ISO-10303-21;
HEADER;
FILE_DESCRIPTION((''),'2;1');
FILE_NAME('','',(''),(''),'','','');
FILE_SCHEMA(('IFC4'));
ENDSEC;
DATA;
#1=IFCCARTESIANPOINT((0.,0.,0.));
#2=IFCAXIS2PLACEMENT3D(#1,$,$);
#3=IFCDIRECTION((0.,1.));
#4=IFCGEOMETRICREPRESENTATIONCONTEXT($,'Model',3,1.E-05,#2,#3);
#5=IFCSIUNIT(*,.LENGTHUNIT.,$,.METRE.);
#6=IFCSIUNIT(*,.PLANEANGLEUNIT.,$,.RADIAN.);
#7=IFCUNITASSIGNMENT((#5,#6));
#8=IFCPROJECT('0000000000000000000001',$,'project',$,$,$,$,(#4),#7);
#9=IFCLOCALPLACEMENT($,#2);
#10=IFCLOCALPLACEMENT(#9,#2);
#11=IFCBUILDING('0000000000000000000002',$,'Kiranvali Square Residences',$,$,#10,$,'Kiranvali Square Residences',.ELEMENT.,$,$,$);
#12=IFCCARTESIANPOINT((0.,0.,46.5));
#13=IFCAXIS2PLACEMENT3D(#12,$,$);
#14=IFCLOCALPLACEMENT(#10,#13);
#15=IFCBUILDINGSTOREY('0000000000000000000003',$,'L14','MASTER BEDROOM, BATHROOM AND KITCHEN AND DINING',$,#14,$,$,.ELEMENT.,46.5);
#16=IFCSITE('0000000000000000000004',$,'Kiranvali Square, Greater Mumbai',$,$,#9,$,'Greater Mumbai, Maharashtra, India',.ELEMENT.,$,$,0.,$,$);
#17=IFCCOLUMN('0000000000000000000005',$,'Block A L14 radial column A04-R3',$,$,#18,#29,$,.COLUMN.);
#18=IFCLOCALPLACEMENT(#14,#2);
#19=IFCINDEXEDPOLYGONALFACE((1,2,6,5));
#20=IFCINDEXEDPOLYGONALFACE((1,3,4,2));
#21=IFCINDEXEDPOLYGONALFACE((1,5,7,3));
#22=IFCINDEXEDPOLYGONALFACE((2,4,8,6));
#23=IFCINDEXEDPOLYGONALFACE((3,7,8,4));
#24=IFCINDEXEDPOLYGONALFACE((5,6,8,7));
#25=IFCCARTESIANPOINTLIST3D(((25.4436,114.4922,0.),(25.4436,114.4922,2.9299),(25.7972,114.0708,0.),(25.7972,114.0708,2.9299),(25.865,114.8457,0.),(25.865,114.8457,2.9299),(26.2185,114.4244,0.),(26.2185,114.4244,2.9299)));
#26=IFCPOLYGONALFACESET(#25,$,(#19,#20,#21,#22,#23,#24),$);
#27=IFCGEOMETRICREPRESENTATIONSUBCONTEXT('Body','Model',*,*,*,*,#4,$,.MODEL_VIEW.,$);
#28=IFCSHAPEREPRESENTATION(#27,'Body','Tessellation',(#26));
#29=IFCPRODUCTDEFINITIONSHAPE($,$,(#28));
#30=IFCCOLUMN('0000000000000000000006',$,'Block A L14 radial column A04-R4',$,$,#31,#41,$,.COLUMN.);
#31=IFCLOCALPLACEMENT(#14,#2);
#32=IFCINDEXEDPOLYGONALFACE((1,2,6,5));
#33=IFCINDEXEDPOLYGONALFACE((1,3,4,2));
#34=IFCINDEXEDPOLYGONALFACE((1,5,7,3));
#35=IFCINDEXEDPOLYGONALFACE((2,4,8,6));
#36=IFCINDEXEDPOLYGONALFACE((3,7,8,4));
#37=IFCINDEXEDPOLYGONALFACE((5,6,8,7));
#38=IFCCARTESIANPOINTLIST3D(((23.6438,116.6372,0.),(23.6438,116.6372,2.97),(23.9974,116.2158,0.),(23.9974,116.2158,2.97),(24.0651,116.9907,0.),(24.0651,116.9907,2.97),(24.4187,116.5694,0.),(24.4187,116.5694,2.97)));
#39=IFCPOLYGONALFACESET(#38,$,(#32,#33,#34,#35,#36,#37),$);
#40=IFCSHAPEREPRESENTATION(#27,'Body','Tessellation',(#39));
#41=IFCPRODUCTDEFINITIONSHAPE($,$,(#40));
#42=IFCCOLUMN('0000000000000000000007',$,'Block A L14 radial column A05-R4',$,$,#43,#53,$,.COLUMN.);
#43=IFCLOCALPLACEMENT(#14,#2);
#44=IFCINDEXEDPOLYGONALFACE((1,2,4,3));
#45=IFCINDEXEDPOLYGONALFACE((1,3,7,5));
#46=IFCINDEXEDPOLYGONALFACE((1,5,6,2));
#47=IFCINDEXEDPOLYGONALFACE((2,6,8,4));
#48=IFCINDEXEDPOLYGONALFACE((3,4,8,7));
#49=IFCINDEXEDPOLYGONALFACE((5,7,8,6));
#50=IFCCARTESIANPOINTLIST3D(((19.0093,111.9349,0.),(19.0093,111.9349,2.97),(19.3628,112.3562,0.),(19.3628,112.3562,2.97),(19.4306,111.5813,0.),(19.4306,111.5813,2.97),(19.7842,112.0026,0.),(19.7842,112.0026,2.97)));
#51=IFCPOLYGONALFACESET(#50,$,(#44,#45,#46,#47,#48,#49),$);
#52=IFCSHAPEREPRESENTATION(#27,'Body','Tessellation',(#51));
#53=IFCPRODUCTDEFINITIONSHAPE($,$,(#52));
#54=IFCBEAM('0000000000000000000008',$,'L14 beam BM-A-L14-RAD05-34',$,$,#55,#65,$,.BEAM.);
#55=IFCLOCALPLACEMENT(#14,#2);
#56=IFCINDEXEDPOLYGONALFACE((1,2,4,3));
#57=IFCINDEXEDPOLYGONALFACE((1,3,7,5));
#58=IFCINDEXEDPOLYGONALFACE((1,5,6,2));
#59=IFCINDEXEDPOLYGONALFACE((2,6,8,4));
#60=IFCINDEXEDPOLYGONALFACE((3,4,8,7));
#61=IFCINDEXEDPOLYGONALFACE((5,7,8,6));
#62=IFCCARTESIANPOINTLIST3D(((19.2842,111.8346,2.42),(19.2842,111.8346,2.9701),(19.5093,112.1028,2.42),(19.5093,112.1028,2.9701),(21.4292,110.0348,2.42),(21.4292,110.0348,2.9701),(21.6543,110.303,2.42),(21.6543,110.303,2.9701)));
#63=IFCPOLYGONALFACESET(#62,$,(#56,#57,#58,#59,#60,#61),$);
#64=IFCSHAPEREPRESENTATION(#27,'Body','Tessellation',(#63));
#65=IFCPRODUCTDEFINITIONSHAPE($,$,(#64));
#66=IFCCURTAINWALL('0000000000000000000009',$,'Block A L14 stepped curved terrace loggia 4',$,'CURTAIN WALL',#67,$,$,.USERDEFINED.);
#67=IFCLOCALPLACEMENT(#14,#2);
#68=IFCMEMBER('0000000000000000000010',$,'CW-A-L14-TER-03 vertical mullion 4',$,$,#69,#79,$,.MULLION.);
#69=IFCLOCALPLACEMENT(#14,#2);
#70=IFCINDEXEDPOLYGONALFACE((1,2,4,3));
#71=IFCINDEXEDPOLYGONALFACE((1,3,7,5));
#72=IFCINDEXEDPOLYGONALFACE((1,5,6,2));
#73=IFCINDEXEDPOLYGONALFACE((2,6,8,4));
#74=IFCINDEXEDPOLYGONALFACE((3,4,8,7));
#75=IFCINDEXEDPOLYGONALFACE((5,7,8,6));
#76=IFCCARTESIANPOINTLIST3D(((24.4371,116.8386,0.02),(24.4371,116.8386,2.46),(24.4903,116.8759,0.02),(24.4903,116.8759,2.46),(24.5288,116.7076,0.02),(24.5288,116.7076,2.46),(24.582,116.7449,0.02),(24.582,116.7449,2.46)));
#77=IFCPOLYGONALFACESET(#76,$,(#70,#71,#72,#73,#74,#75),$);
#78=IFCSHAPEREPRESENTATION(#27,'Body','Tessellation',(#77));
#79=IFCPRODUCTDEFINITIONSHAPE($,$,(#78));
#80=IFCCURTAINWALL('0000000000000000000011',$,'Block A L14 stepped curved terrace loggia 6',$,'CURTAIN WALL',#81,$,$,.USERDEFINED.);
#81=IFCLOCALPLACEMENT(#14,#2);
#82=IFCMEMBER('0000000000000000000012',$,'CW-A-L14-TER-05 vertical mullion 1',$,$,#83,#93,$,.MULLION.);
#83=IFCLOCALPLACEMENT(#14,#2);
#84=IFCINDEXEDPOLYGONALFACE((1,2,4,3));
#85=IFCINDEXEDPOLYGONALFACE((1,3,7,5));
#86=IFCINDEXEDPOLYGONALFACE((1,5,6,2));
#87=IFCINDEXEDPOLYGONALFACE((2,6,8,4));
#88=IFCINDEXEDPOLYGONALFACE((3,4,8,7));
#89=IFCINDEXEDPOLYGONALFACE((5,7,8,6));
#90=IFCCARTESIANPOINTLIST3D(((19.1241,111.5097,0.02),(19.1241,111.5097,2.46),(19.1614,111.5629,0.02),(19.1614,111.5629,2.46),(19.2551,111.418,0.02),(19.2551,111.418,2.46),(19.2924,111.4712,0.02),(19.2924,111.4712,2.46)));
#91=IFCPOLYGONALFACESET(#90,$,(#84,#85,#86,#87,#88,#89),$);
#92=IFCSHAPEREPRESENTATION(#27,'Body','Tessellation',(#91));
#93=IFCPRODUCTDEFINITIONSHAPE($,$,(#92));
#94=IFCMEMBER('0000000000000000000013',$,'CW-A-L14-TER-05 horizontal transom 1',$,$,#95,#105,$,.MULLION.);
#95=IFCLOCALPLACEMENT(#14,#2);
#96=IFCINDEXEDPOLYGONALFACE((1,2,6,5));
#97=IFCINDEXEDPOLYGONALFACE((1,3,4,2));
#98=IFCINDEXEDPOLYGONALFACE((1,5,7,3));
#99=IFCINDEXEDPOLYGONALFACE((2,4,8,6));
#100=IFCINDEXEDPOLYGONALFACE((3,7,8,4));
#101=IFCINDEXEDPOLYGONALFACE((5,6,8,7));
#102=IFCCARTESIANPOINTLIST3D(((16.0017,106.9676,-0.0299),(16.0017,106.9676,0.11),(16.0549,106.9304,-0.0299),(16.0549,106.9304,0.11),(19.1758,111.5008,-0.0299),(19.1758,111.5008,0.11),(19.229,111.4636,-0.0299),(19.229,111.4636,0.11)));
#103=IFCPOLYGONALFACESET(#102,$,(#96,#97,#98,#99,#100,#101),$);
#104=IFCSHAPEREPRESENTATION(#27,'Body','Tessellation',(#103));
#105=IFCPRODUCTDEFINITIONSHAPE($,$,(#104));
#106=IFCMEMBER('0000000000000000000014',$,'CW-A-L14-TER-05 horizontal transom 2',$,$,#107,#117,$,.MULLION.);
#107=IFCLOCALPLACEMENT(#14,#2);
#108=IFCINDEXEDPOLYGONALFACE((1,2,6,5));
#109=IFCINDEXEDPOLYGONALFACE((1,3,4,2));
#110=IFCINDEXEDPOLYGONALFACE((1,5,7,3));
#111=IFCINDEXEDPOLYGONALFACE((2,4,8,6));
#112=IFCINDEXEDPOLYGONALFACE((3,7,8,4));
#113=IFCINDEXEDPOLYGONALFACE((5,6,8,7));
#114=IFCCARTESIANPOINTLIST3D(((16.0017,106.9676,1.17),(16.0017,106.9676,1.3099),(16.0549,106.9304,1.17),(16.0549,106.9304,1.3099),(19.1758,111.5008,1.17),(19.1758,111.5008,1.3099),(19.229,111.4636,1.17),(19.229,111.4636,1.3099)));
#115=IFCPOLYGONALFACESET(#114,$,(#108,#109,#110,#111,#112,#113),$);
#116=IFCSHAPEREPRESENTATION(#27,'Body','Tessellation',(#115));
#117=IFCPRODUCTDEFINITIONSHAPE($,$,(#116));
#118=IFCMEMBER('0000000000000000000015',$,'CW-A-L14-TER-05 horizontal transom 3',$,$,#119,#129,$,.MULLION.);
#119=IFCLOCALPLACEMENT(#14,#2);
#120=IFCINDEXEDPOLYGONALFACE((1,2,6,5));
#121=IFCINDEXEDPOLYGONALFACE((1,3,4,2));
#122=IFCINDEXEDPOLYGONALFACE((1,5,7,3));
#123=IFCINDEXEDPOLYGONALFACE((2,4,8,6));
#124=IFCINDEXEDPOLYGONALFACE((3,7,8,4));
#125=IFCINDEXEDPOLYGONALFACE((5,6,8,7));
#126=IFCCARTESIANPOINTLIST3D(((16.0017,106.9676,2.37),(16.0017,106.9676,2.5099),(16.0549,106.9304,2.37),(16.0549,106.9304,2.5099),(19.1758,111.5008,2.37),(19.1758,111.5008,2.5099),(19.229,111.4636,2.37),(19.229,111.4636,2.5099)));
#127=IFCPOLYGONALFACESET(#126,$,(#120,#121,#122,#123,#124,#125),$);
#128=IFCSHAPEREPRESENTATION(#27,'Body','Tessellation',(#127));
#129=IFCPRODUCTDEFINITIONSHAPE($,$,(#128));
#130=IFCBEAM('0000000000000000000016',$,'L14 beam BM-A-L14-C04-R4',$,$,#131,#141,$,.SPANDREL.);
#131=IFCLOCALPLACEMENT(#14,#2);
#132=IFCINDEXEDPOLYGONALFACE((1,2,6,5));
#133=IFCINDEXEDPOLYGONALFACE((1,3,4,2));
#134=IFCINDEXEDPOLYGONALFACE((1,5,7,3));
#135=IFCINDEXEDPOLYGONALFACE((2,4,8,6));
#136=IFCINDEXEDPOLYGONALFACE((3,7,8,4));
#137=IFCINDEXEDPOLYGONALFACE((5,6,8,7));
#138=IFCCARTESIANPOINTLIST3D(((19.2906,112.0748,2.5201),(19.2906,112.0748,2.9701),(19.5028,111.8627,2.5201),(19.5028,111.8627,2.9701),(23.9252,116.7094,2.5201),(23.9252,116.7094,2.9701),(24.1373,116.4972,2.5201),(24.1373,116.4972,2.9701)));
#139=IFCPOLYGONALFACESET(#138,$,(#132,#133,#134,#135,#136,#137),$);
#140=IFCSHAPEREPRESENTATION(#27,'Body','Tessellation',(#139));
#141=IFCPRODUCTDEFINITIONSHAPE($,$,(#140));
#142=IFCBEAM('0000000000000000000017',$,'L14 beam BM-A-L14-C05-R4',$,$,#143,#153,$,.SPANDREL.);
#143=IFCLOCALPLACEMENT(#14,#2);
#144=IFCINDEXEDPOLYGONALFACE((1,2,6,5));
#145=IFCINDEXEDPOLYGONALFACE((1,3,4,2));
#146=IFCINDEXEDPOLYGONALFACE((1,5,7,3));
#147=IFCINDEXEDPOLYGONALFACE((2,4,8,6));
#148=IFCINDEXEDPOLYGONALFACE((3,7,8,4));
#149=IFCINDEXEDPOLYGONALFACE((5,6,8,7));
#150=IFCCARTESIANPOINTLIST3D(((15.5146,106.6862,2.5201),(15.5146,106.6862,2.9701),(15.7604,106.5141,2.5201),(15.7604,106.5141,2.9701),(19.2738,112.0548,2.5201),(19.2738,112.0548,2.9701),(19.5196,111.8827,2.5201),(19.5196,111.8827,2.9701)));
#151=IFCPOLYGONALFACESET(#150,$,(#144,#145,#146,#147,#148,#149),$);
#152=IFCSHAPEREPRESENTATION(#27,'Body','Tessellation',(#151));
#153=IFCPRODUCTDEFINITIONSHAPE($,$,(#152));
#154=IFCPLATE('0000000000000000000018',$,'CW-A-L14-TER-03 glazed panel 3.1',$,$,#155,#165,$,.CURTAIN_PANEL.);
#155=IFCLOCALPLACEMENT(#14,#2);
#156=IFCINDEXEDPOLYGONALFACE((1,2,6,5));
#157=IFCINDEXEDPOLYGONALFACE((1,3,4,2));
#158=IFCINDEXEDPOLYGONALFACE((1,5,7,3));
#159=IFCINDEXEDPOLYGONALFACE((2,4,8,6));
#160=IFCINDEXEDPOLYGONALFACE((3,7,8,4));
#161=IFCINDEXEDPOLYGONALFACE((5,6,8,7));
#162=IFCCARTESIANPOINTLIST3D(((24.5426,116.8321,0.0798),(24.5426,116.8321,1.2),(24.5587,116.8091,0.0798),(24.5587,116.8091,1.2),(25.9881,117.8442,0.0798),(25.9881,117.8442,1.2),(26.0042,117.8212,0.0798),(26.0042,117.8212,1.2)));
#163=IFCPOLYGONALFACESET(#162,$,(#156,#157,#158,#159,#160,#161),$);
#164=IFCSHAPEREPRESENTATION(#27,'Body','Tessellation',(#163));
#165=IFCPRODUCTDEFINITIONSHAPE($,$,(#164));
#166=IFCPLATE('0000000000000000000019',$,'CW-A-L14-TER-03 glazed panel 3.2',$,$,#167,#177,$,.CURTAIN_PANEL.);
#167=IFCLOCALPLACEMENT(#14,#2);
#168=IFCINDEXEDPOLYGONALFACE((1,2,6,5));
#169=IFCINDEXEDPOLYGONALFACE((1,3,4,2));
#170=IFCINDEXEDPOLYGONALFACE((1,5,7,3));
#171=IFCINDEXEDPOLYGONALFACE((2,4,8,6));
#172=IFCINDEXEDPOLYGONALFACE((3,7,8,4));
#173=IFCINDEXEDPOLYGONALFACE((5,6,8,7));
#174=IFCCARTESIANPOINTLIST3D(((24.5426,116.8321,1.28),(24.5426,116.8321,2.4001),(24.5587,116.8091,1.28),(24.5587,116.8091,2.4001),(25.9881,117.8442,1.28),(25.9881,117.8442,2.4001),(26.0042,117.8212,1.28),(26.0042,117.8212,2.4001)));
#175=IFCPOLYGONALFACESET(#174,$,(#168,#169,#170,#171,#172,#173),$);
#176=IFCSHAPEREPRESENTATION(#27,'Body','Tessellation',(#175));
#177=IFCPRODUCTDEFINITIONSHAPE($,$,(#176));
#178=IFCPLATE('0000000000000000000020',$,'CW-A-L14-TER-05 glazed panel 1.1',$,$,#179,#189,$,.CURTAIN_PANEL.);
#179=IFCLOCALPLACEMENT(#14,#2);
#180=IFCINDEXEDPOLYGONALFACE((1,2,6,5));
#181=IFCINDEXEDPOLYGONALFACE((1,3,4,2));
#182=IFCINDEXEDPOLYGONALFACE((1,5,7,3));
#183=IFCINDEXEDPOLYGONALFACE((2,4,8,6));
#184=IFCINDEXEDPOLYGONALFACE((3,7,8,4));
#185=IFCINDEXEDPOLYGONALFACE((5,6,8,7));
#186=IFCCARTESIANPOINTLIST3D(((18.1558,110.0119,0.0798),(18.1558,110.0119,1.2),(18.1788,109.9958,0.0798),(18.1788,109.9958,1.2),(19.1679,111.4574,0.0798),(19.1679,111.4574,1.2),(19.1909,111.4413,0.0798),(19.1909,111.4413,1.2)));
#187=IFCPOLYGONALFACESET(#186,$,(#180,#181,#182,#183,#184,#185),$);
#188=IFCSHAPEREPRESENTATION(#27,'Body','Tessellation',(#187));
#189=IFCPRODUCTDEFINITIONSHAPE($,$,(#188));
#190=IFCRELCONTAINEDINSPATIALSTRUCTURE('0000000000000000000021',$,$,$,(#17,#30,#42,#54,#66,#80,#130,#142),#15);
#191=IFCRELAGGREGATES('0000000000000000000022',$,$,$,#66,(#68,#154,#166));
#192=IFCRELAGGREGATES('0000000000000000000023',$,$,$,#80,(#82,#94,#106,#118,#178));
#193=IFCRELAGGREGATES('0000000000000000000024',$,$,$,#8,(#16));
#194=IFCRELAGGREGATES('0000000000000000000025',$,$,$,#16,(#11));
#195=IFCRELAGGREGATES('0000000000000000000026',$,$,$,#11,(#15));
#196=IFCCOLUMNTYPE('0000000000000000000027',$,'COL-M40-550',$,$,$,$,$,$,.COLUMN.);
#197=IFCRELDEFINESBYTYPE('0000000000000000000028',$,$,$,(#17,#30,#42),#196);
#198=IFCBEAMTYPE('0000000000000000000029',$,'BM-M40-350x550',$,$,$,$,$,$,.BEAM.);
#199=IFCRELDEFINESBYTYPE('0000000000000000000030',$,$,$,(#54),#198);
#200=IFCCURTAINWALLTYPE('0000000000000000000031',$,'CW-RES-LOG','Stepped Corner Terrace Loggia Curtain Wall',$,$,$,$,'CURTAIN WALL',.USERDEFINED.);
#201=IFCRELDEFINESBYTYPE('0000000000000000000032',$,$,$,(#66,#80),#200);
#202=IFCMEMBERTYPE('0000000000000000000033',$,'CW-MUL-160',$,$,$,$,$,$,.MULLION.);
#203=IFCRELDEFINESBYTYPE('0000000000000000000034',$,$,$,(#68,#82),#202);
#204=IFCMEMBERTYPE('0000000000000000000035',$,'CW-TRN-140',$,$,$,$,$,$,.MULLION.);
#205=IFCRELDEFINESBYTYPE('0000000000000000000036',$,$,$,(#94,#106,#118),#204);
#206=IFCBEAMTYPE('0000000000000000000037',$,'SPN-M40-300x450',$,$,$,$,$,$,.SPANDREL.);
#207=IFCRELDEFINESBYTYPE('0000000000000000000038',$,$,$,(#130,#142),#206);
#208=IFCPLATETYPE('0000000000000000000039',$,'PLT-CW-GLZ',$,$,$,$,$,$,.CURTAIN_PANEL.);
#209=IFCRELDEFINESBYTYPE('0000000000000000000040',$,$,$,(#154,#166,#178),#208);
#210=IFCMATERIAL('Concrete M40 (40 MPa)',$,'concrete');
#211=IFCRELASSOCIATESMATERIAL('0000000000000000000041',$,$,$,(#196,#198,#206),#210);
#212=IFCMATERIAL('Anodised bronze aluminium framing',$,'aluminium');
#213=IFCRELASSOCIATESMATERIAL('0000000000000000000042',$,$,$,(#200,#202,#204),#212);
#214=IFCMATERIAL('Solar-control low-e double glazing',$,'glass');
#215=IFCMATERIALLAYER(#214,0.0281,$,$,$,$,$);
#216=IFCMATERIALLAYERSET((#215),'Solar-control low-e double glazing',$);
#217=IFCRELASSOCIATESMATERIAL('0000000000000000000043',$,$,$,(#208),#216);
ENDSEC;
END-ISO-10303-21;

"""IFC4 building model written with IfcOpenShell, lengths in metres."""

from ifc_helpers import new_model, si_unit, direction, frame, origin, origin_2d, place, context, subcontext, project, spatial, rectangle, extrude, material, layer, layer_set, material_profile, profile_set, type_object, element, aggregate, save


model = new_model("IFC4")

# Units and contexts
model_context = context("Model", 3, precision=1e-05, world=origin(), true_north=direction((0.0, 1.0)))
body_context = subcontext(model_context, "Body", "Model", "MODEL_VIEW")
ifc_project = project(units=[si_unit("LENGTHUNIT", "METRE"), si_unit("PLANEANGLEUNIT", "RADIAN")], contexts=[model_context])

# Site, building, storey
site_placement = place(None, origin())
site = spatial("IfcSite", under=ifc_project, at=site_placement, Name="Kiranvali Square, Greater Mumbai", LongName="Greater Mumbai, Maharashtra, India", CompositionType="ELEMENT", RefElevation=0.0)
building_placement = place(site_placement, origin())
building = spatial("IfcBuilding", under=site, at=building_placement, Name="Kiranvali Square Residences", LongName="Kiranvali Square Residences", CompositionType="ELEMENT")
storey_placement = place(building_placement, frame((0.0, 0.0, 46.5)))
storey = spatial("IfcBuildingStorey", under=building, at=storey_placement, Name="L14", Description="MASTER BEDROOM, BATHROOM AND KITCHEN AND DINING", CompositionType="ELEMENT", Elevation=46.5)

# Columns
ifc_material_1 = material(Name="Concrete M40 (40 MPa)", Category="concrete")
ifc_material_profile_1 = material_profile(ifc_material_1, rectangle(XDim=0.55, YDim=0.55, at=origin_2d()), Name="RC 550x550")
ifc_profile_set_1 = profile_set([ifc_material_profile_1], Name="Concrete M40 (40 MPa)")
column_type = type_object("IfcColumnType", Name="COL-M40-550", PredefinedType="COLUMN", material=ifc_profile_set_1)
column_placement = place(storey_placement, frame((25.8311, 114.4583, 0.0), z_axis=(0.0, 0.0, 1.0), x_axis=(0.766044, 0.642788, 0.0)))
element("IfcColumn", 1, at=column_placement, inside=storey, type_object=column_type, Name="Block A L14 radial column A04-R3", PredefinedType="COLUMN", context=body_context, shape_type="SweptSolid", body=[
    extrude(rectangle(XDim=0.55, YDim=0.55, at=origin_2d()), origin(), (0.0, 0.0, 1.0), 2.9299),
])
for number, where, z_axis, x_axis, name in (
    (2, (24.0312, 116.6033, 0.0), (0.0, 0.0, 1.0), (0.766044, 0.642788, 0.0), "Block A L14 radial column A04-R4"),
    (3, (19.3967, 111.9688, 0.0), (0.0, 0.0, 1.0), (0.642788, 0.766044, 0.0), "Block A L14 radial column A05-R4"),
):
    element("IfcColumn", number, at=place(storey_placement, frame(where, z_axis=z_axis, x_axis=x_axis)), inside=storey, type_object=column_type, Name=name, PredefinedType="COLUMN", context=body_context, shape_type="SweptSolid", body=[
        extrude(rectangle(XDim=0.55, YDim=0.55, at=origin_2d()), origin(), (0.0, 0.0, 1.0), 2.97),
    ])

# Beam
ifc_material_profile_2 = material_profile(ifc_material_1, rectangle(XDim=0.3501, YDim=0.55, at=origin_2d()), Name="RC 350x550")
ifc_profile_set_2 = profile_set([ifc_material_profile_2], Name="Concrete M40 (40 MPa)")
beam_type_1 = type_object("IfcBeamType", Name="BM-M40-350x550", PredefinedType="BEAM", material=ifc_profile_set_2)
beam_1_placement = place(storey_placement, frame((21.5417, 110.1689, 2.6951), z_axis=(-0.766059, 0.642771, 0.0), x_axis=(-0.642771, -0.766059, 0.0)))
element("IfcBeam", 4, at=beam_1_placement, inside=storey, type_object=beam_type_1, Name="L14 beam BM-A-L14-RAD05-34", PredefinedType="BEAM", context=body_context, shape_type="SweptSolid", body=[
    extrude(rectangle(XDim=0.3501, YDim=0.55, at=origin_2d()), origin(), (0.0, 0.0, 1.0), 2.8),
])

# Curtain wall, member
ifc_material_2 = material(Name="Anodised bronze aluminium framing", Category="aluminium")
curtain_wall_type = type_object("IfcCurtainWallType", Name="CW-RES-LOG", Description="Stepped Corner Terrace Loggia Curtain Wall", ElementType="CURTAIN WALL", PredefinedType="USERDEFINED", material=ifc_material_2)
curtain_wall_1_placement = place(storey_placement, origin())
curtain_wall_1 = element("IfcCurtainWall", 5, at=curtain_wall_1_placement, inside=storey, type_object=curtain_wall_type, Name="Block A L14 stepped curved terrace loggia 4", ObjectType="CURTAIN WALL", PredefinedType="USERDEFINED")
ifc_material_profile_3 = material_profile(ifc_material_2, rectangle(XDim=0.0649, YDim=0.1599, at=origin_2d()), Name="ALU 65x160")
ifc_profile_set_3 = profile_set([ifc_material_profile_3], Name="Anodised bronze aluminium framing")
member_type_1 = type_object("IfcMemberType", Name="CW-MUL-160", PredefinedType="MULLION", material=ifc_profile_set_3)
member_1_placement = place(storey_placement, frame((24.5095, 116.7917, 0.02), z_axis=(0.0, 0.0, 1.0), x_axis=(-0.819152, -0.573576, 0.0)))
member_1 = element("IfcMember", 6, at=member_1_placement, type_object=member_type_1, Name="CW-A-L14-TER-03 vertical mullion 4", PredefinedType="MULLION", context=body_context, shape_type="SweptSolid", body=[
    extrude(rectangle(XDim=0.0649, YDim=0.1599, at=origin_2d()), origin(), (0.0, 0.0, 1.0), 2.4399),
])

# Curtain wall, members
curtain_wall_2_placement = place(storey_placement, origin())
curtain_wall_2 = element("IfcCurtainWall", 7, at=curtain_wall_2_placement, inside=storey, type_object=curtain_wall_type, Name="Block A L14 stepped curved terrace loggia 6", ObjectType="CURTAIN WALL", PredefinedType="USERDEFINED")
member_2_placement = place(storey_placement, frame((19.2083, 111.4905, 0.02), z_axis=(0.0, 0.0, 1.0), x_axis=(-0.573576, -0.819152, 0.0)))
member_2 = element("IfcMember", 8, at=member_2_placement, type_object=member_type_1, Name="CW-A-L14-TER-05 vertical mullion 1", PredefinedType="MULLION", context=body_context, shape_type="SweptSolid", body=[
    extrude(rectangle(XDim=0.0649, YDim=0.1599, at=origin_2d()), origin(), (0.0, 0.0, 1.0), 2.4399),
])
ifc_material_profile_4 = material_profile(ifc_material_2, rectangle(XDim=0.0649, YDim=0.1399, at=origin_2d()), Name="ALU 65x140")
ifc_profile_set_4 = profile_set([ifc_material_profile_4], Name="Anodised bronze aluminium framing")
member_type_2 = type_object("IfcMemberType", Name="CW-TRN-140", PredefinedType="MULLION", material=ifc_profile_set_4)
member_3_placement = place(storey_placement, frame((19.2024, 111.4822, 0.04), z_axis=(-0.573563, -0.819161, 0.0), x_axis=(0.819161, -0.573563, 0.0)))
member_3 = element("IfcMember", 9, at=member_3_placement, type_object=member_type_2, Name="CW-A-L14-TER-05 horizontal transom 1", PredefinedType="MULLION", context=body_context, shape_type="SweptSolid", body=[
    extrude(rectangle(XDim=0.0649, YDim=0.1399, at=origin_2d()), origin(), (0.0, 0.0, 1.0), 5.5339),
])
member_4_placement = place(storey_placement, frame((19.2024, 111.4822, 1.24), z_axis=(-0.573563, -0.819161, 0.0), x_axis=(0.819161, -0.573563, 0.0)))
member_4 = element("IfcMember", 10, at=member_4_placement, type_object=member_type_2, Name="CW-A-L14-TER-05 horizontal transom 2", PredefinedType="MULLION", context=body_context, shape_type="SweptSolid", body=[
    extrude(rectangle(XDim=0.0649, YDim=0.1399, at=origin_2d()), origin(), (0.0, 0.0, 1.0), 5.5339),
])
member_5_placement = place(storey_placement, frame((19.2024, 111.4822, 2.4399), z_axis=(-0.573563, -0.819161, 0.0), x_axis=(0.819161, -0.573563, 0.0)))
member_5 = element("IfcMember", 11, at=member_5_placement, type_object=member_type_2, Name="CW-A-L14-TER-05 horizontal transom 3", PredefinedType="MULLION", context=body_context, shape_type="SweptSolid", body=[
    extrude(rectangle(XDim=0.0649, YDim=0.1399, at=origin_2d()), origin(), (0.0, 0.0, 1.0), 5.5339),
])

# Beams
ifc_material_profile_5 = material_profile(ifc_material_1, rectangle(XDim=0.3, YDim=0.45, at=origin_2d()), Name="RC 300x450")
ifc_profile_set_5 = profile_set([ifc_material_profile_5], Name="Concrete M40 (40 MPa)")
beam_type_2 = type_object("IfcBeamType", Name="SPN-M40-300x450", PredefinedType="SPANDREL", material=ifc_profile_set_5)
beam_2_placement = place(storey_placement, frame((24.0312, 116.6033, 2.7451), z_axis=(-0.707107, -0.707107, 0.0), x_axis=(0.707107, -0.707107, 0.0)))
element("IfcBeam", 12, at=beam_2_placement, inside=storey, type_object=beam_type_2, Name="L14 beam BM-A-L14-C04-R4", PredefinedType="SPANDREL", context=body_context, shape_type="SweptSolid", body=[
    extrude(rectangle(XDim=0.3, YDim=0.45, at=origin_2d()), origin(), (0.0, 0.0, 1.0), 6.5542),
])
beam_3_placement = place(storey_placement, frame((19.3967, 111.9688, 2.7451), z_axis=(-0.573587, -0.819144, 0.0), x_axis=(0.819144, -0.573587, 0.0)))
element("IfcBeam", 13, at=beam_3_placement, inside=storey, type_object=beam_type_2, Name="L14 beam BM-A-L14-C05-R4", PredefinedType="SPANDREL", context=body_context, shape_type="SweptSolid", body=[
    extrude(rectangle(XDim=0.3, YDim=0.45, at=origin_2d()), origin(), (0.0, 0.0, 1.0), 6.554),
])

# Plates
ifc_material_3 = material(Name="Solar-control low-e double glazing", Category="glass")
ifc_layer_1 = layer(ifc_material_3, 0.0281)
ifc_layer_set_1 = layer_set([ifc_layer_1], Name="Solar-control low-e double glazing")
plate_type = type_object("IfcPlateType", Name="PLT-CW-GLZ", PredefinedType="CURTAIN_PANEL", material=ifc_layer_set_1)
plate_1_placement = place(storey_placement, frame((25.2734, 117.3267, 0.0798), z_axis=(0.0, 0.0, 1.0), x_axis=(-0.819152, -0.573576, 0.0)))
plate_1 = element("IfcPlate", 14, at=plate_1_placement, type_object=plate_type, Name="CW-A-L14-TER-03 glazed panel 3.1", PredefinedType="CURTAIN_PANEL", context=body_context, shape_type="SweptSolid", body=[
    extrude(rectangle(XDim=1.7646, YDim=0.0281, at=origin_2d()), origin(), (0.0, 0.0, 1.0), 1.1201),
])
plate_2_placement = place(storey_placement, frame((25.2734, 117.3267, 1.28), z_axis=(0.0, 0.0, 1.0), x_axis=(-0.819152, -0.573576, 0.0)))
plate_2 = element("IfcPlate", 15, at=plate_2_placement, type_object=plate_type, Name="CW-A-L14-TER-03 glazed panel 3.2", PredefinedType="CURTAIN_PANEL", context=body_context, shape_type="SweptSolid", body=[
    extrude(rectangle(XDim=1.7646, YDim=0.0281, at=origin_2d()), origin(), (0.0, 0.0, 1.0), 1.1201),
])
aggregate(curtain_wall_1, [member_1, plate_1, plate_2])
plate_3_placement = place(storey_placement, frame((18.6733, 110.7266, 0.0798), z_axis=(0.0, 0.0, 1.0), x_axis=(-0.573576, -0.819152, 0.0)))
plate_3 = element("IfcPlate", 16, at=plate_3_placement, type_object=plate_type, Name="CW-A-L14-TER-05 glazed panel 1.1", PredefinedType="CURTAIN_PANEL", context=body_context, shape_type="SweptSolid", body=[
    extrude(rectangle(XDim=1.7646, YDim=0.0281, at=origin_2d()), origin(), (0.0, 0.0, 1.0), 1.1201),
])
aggregate(curtain_wall_2, [member_2, member_3, member_4, member_5, plate_3])

save(model, "model.ifc")
